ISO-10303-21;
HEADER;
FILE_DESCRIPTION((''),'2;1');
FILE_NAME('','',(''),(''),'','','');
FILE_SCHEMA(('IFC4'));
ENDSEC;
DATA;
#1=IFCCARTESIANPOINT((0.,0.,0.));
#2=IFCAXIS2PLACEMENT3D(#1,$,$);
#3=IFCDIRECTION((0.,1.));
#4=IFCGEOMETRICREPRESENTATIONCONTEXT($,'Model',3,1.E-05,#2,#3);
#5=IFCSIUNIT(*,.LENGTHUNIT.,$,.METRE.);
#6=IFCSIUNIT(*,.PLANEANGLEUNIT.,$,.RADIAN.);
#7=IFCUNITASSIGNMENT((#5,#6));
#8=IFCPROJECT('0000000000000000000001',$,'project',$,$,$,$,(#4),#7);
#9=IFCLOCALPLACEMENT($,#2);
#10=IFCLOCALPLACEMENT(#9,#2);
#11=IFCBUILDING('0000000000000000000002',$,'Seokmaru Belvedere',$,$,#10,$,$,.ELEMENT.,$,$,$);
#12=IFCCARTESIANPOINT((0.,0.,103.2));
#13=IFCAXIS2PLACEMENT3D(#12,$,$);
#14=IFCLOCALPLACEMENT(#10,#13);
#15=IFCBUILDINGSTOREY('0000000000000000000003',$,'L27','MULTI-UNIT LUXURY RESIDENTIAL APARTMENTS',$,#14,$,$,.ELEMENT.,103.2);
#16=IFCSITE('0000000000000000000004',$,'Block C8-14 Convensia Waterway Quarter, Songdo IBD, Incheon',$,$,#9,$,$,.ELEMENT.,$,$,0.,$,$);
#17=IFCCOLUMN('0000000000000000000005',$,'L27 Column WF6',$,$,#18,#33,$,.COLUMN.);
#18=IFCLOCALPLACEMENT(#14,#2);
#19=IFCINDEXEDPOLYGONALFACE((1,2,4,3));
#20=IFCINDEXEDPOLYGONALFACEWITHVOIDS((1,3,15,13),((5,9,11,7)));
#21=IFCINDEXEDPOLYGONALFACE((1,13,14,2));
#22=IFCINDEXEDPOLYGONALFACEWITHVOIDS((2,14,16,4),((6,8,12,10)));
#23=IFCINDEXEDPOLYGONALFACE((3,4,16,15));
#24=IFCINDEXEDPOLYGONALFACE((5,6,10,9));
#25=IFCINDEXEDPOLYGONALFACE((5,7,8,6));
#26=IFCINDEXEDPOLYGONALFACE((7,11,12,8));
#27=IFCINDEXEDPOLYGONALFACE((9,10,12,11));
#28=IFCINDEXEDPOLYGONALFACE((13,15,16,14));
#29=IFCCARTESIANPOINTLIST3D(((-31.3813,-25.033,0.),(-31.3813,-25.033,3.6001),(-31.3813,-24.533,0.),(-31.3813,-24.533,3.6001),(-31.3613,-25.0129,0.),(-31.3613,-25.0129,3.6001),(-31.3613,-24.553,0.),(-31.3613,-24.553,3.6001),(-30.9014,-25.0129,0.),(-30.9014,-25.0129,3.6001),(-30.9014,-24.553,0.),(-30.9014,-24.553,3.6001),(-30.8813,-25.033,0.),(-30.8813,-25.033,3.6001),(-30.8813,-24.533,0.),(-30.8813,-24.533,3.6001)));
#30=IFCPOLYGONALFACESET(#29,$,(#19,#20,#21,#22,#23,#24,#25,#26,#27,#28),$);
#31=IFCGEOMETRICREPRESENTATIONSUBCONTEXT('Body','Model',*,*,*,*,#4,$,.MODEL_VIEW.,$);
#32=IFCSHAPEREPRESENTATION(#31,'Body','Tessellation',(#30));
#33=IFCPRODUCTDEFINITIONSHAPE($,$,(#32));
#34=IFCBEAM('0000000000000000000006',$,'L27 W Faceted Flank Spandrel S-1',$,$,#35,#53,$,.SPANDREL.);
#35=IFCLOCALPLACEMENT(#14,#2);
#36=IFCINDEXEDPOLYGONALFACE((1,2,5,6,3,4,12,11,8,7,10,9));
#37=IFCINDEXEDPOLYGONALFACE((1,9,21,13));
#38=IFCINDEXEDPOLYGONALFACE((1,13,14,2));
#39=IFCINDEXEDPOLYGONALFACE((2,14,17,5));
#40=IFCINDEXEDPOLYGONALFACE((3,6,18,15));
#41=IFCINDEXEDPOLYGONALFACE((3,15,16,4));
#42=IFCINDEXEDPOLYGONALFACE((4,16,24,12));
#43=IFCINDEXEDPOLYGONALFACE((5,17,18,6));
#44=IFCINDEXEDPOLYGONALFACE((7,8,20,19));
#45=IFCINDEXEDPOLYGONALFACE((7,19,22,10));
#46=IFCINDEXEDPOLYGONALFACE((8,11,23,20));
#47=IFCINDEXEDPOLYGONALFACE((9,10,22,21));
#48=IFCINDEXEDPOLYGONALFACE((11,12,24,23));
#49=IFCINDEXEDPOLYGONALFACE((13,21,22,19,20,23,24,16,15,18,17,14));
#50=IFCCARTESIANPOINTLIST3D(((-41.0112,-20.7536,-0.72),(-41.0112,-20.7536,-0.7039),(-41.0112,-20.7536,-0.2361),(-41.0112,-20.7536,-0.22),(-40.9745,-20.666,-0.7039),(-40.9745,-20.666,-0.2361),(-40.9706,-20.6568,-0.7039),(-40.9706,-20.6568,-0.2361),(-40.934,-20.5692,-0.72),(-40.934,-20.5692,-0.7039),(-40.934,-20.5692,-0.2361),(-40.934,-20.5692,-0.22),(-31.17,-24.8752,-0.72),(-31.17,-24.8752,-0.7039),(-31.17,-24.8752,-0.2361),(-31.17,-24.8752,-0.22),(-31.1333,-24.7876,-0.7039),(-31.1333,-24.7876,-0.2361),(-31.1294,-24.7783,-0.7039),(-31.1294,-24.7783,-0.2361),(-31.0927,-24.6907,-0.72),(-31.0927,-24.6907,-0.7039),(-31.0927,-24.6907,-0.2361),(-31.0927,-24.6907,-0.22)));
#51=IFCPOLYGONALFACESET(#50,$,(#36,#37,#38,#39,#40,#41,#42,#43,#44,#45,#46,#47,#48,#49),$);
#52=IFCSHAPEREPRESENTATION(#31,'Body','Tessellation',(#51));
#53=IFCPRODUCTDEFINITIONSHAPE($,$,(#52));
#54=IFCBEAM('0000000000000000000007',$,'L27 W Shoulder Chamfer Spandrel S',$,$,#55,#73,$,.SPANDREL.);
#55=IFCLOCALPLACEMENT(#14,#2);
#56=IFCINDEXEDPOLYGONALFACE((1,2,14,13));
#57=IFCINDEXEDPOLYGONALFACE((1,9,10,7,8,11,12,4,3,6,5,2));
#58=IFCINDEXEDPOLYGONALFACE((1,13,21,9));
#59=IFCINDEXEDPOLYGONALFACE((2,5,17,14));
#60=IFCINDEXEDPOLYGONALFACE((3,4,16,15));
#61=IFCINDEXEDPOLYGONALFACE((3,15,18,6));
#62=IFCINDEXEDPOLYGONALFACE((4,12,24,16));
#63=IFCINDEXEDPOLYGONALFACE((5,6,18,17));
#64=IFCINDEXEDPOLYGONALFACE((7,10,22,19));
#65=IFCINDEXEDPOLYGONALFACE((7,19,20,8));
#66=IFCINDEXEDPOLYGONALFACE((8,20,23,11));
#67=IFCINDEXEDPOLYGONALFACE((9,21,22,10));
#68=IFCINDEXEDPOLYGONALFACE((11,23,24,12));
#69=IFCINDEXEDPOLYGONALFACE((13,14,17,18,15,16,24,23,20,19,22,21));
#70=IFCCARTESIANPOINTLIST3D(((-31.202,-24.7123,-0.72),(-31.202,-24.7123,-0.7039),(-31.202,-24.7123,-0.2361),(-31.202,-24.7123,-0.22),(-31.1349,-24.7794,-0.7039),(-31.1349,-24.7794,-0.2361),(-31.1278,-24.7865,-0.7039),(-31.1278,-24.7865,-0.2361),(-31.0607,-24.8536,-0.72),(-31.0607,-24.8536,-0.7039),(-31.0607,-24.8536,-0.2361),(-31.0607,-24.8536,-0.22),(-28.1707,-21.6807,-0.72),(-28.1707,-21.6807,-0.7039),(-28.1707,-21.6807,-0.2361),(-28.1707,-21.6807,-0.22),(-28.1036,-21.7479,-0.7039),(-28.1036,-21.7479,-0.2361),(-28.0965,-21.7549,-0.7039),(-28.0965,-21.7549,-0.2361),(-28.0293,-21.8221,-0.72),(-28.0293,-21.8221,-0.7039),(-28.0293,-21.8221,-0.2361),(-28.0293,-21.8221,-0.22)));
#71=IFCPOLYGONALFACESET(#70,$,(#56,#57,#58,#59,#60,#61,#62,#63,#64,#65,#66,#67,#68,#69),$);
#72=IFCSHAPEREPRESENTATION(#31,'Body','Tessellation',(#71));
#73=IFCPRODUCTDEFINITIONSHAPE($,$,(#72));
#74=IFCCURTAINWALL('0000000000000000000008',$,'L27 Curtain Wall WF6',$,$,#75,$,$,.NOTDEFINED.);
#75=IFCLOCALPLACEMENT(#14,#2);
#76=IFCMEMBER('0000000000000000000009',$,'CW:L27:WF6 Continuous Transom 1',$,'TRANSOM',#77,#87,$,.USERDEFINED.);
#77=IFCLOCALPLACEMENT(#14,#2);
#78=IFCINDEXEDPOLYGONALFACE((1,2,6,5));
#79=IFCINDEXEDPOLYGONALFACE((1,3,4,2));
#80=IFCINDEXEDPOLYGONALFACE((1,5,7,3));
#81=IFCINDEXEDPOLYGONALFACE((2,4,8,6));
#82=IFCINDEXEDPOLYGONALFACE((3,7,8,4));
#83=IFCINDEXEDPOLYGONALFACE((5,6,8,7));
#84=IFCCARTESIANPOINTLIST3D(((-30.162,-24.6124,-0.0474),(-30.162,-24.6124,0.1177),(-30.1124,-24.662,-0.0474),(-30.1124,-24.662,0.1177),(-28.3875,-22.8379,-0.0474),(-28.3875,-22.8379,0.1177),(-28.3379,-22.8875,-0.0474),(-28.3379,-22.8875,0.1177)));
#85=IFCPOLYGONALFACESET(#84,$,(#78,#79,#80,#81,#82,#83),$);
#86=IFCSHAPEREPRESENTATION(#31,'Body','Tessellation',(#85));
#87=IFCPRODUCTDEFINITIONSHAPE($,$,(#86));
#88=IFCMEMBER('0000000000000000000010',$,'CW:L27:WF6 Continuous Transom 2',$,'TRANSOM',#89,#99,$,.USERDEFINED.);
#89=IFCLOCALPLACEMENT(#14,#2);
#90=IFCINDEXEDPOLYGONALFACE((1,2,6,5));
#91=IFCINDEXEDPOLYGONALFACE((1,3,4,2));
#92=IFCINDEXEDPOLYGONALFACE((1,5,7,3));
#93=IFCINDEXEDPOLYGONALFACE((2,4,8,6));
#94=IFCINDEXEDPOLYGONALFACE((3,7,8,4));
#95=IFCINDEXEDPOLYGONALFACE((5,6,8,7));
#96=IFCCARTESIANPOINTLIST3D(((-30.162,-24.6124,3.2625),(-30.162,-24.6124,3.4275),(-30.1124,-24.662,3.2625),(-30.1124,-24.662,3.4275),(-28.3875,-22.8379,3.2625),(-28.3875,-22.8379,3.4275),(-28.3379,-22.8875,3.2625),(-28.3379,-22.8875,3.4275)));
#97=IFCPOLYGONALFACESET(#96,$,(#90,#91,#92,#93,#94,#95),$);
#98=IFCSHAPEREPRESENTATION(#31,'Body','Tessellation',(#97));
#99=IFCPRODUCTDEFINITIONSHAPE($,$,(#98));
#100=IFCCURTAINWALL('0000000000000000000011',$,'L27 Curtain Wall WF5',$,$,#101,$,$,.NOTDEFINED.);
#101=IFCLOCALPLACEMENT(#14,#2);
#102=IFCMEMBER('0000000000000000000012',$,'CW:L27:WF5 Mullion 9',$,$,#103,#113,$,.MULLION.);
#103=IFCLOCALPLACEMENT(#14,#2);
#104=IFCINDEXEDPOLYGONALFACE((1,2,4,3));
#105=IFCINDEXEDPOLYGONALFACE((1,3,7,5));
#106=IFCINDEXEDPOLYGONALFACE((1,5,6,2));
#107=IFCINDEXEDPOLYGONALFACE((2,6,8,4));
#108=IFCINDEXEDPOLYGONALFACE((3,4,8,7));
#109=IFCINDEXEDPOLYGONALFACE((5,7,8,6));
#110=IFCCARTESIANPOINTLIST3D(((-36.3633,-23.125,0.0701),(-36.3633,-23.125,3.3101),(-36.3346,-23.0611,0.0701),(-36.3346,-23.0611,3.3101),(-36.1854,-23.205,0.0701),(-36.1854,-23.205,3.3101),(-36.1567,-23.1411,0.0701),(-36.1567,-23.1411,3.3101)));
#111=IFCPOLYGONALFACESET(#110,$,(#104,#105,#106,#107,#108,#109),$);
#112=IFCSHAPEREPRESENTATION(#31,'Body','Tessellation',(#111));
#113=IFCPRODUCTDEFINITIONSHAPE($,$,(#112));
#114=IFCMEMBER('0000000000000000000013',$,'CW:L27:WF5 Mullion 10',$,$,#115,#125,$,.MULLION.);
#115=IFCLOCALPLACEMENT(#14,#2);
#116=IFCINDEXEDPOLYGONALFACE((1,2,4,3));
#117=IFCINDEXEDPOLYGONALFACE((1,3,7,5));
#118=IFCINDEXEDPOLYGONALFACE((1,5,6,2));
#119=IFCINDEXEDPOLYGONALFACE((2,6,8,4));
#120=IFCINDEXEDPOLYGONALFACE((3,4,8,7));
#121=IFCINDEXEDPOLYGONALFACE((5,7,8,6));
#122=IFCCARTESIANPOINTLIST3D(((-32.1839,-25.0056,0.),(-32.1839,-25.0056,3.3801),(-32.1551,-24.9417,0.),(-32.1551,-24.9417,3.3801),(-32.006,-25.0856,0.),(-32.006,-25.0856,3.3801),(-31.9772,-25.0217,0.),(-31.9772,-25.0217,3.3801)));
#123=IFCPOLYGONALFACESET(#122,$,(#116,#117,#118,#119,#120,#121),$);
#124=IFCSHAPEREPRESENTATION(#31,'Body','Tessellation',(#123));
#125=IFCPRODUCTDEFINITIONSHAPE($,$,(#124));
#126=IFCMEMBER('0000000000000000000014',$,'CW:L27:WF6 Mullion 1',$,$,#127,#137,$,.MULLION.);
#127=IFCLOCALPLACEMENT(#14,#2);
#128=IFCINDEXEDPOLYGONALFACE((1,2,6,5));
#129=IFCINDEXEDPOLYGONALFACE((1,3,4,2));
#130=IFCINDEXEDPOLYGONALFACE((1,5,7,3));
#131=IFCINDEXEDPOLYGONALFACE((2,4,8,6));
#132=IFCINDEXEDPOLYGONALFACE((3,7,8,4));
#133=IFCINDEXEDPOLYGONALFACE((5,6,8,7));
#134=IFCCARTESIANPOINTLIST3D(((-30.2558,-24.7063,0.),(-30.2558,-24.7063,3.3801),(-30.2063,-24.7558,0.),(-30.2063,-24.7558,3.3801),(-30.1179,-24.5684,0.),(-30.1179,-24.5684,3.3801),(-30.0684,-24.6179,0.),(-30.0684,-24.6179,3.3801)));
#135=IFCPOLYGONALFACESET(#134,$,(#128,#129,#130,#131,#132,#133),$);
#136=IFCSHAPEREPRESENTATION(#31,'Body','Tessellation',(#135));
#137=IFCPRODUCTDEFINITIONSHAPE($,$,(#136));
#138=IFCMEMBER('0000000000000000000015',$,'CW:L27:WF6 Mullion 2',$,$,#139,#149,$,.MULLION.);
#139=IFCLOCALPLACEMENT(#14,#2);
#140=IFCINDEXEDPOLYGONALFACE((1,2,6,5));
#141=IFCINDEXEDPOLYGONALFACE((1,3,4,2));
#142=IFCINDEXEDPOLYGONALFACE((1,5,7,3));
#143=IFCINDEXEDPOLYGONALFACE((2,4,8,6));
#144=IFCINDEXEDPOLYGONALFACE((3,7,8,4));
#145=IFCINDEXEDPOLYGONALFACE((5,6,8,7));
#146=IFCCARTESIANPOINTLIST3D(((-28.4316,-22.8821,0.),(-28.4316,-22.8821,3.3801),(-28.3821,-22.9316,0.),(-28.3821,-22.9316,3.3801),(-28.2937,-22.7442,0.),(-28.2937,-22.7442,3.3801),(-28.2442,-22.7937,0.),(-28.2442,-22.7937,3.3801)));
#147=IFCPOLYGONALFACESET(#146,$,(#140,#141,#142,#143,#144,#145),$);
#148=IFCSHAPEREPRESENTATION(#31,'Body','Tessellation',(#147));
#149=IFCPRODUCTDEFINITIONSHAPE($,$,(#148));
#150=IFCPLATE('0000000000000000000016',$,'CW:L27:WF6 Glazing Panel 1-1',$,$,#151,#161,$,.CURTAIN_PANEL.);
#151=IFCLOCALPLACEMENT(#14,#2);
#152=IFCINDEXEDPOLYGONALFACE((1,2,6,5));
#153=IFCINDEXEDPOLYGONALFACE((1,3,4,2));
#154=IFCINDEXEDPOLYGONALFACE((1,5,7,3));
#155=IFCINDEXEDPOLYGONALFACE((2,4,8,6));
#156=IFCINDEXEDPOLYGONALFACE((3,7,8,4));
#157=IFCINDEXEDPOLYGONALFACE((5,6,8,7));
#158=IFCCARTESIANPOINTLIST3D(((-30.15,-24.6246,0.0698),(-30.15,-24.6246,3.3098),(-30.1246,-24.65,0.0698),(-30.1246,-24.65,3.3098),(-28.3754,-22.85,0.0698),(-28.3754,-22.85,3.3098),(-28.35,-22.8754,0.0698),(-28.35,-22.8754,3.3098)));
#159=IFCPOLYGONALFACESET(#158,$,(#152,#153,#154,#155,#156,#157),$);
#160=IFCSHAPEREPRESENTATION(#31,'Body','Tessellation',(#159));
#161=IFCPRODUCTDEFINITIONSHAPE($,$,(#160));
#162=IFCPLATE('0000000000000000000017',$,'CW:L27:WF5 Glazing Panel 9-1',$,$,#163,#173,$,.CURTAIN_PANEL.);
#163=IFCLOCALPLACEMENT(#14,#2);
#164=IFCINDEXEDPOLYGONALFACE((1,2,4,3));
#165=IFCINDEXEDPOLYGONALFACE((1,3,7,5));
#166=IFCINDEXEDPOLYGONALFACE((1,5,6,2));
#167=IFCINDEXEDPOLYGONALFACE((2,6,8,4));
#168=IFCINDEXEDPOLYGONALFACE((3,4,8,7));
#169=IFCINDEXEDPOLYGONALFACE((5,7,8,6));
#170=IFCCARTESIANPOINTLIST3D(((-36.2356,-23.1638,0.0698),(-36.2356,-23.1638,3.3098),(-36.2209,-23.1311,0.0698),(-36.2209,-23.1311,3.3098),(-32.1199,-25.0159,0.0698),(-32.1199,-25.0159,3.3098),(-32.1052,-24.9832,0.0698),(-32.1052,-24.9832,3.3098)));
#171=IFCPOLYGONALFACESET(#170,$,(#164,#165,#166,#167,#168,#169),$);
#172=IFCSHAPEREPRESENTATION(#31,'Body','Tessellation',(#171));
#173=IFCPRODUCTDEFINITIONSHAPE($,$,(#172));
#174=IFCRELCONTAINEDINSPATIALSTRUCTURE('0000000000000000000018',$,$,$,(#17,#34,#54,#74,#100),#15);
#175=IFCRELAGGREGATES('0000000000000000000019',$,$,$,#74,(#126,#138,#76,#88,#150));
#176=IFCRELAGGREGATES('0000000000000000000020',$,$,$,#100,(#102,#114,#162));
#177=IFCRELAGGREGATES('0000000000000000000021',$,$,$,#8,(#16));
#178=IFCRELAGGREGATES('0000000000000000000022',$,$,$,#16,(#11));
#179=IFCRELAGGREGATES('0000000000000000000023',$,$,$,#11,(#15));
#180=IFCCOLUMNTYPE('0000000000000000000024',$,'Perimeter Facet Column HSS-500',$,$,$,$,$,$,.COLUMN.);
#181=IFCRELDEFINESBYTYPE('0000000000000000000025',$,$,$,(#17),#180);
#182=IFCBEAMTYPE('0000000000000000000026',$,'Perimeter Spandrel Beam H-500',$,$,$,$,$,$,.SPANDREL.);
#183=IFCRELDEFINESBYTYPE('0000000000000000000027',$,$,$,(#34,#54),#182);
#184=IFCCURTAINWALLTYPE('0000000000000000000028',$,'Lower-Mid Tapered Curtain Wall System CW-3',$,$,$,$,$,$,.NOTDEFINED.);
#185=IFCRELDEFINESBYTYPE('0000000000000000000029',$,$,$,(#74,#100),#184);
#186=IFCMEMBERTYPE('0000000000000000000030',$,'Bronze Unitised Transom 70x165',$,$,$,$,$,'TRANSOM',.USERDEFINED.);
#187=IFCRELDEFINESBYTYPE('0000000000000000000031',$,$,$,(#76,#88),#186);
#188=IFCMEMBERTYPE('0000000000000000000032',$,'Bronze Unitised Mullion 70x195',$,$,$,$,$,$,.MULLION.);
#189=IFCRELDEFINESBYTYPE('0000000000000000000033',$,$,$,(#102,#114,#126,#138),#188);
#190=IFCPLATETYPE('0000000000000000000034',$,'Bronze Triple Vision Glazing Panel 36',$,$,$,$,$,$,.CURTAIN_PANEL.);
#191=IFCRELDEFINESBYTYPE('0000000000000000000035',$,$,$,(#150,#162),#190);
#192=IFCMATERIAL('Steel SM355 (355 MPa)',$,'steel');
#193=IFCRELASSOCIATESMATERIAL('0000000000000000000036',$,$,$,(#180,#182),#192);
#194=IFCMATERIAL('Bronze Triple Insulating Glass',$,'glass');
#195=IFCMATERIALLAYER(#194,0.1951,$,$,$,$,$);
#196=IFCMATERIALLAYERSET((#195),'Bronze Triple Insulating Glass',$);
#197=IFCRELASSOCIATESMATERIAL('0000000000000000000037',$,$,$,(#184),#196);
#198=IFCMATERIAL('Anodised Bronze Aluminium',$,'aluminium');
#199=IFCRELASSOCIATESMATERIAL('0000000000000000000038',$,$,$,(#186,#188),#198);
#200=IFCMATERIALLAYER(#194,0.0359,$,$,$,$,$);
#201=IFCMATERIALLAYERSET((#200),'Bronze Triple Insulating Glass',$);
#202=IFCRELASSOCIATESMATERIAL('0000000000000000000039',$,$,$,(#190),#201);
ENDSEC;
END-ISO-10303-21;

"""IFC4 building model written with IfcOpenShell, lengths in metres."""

from ifc_helpers import new_model, si_unit, direction, frame, origin, origin_2d, place, context, subcontext, project, spatial, rectangle, hollow_rectangle, i_section, extrude, source, transform, mapped, material, layer, layer_set, material_profile, profile_set, type_object, type_shapes, element, aggregate, save


model = new_model("IFC4")

# Units and contexts
model_context = context("Model", 3, precision=1e-05, world=origin(), true_north=direction((0.0, 1.0)))
body_context = subcontext(model_context, "Body", "Model", "MODEL_VIEW")
ifc_project = project(units=[si_unit("LENGTHUNIT", "METRE"), si_unit("PLANEANGLEUNIT", "RADIAN")], contexts=[model_context])

# Site, building, storey
site_placement = place(None, origin())
site = spatial("IfcSite", under=ifc_project, at=site_placement, Name="Block C8-14 Convensia Waterway Quarter, Songdo IBD, Incheon", CompositionType="ELEMENT", RefElevation=0.0)
building_placement = place(site_placement, origin())
building = spatial("IfcBuilding", under=site, at=building_placement, Name="Seokmaru Belvedere", CompositionType="ELEMENT")
storey_placement = place(building_placement, frame((0.0, 0.0, 103.2)))
storey = spatial("IfcBuildingStorey", under=building, at=storey_placement, Name="L27", Description="MULTI-UNIT LUXURY RESIDENTIAL APARTMENTS", CompositionType="ELEMENT", Elevation=103.2)

# Column
ifc_material_1 = material(Name="Steel SM355 (355 MPa)", Category="steel")
ifc_material_profile_1 = material_profile(ifc_material_1, hollow_rectangle(XDim=0.5, YDim=0.5, WallThickness=0.02, at=origin_2d()), Name="HSS-500x500x20")
ifc_profile_set_1 = profile_set([ifc_material_profile_1], Name="Steel SM355 (355 MPa)")
column_type = type_object("IfcColumnType", Name="Perimeter Facet Column HSS-500", PredefinedType="COLUMN", material=ifc_profile_set_1)
shared_shape_1 = source(origin(), body_context, "Body", "SweptSolid", [
    extrude(hollow_rectangle(XDim=0.5, YDim=0.5, WallThickness=0.02, at=origin_2d()), origin(), (0.0, 0.0, 1.0), 3.6001),
])
type_shapes(column_type, [shared_shape_1])
column_placement = place(storey_placement, frame((-31.1313, -24.783, 0.0), z_axis=(0.0, 0.0, 1.0), x_axis=(1.0, 0.0, 0.0)))
element("IfcColumn", 1, at=column_placement, inside=storey, type_object=column_type, Name="L27 Column WF6", PredefinedType="COLUMN", context=body_context, shape_type="MappedRepresentation", body=[
    mapped(shared_shape_1, transform((0.0, 0.0, 0.0), scale=1.0)),
])

# Beams
ifc_material_profile_2 = material_profile(ifc_material_1, i_section(OverallWidth=0.2, OverallDepth=0.5, WebThickness=0.01, FlangeThickness=0.0161, at=origin_2d()), Name="H-500x200x10x16")
ifc_profile_set_2 = profile_set([ifc_material_profile_2], Name="Steel SM355 (355 MPa)")
beam_type = type_object("IfcBeamType", Name="Perimeter Spandrel Beam H-500", PredefinedType="SPANDREL", material=ifc_profile_set_2)
shared_shape_2 = source(origin(), body_context, "Body", "SweptSolid", [
    extrude(i_section(OverallWidth=0.2, OverallDepth=0.5, WebThickness=0.01, FlangeThickness=0.0161, at=origin_2d()), origin(), (0.0, 0.0, 1.0), 10.6694),
])
beam_1_placement = place(storey_placement, frame((-31.1313, -24.783, -0.47), z_axis=(-0.922375, 0.386295, 0.0), x_axis=(-0.386295, -0.922375, 0.0)))
element("IfcBeam", 2, at=beam_1_placement, inside=storey, type_object=beam_type, Name="L27 W Faceted Flank Spandrel S-1", PredefinedType="SPANDREL", context=body_context, shape_type="MappedRepresentation", body=[
    mapped(shared_shape_2, transform((0.0, 0.0, 0.0), scale=1.0)),
])
shared_shape_3 = source(origin(), body_context, "Body", "SweptSolid", [
    extrude(i_section(OverallWidth=0.2, OverallDepth=0.5, WebThickness=0.01, FlangeThickness=0.0161, at=origin_2d()), origin(), (0.0, 0.0, 1.0), 4.2871),
])
type_shapes(beam_type, [shared_shape_2, shared_shape_3])
beam_2_placement = place(storey_placement, frame((-31.1313, -24.783, -0.47), z_axis=(0.707078, 0.707135, 0.0), x_axis=(-0.707135, 0.707078, 0.0)))
element("IfcBeam", 3, at=beam_2_placement, inside=storey, type_object=beam_type, Name="L27 W Shoulder Chamfer Spandrel S", PredefinedType="SPANDREL", context=body_context, shape_type="MappedRepresentation", body=[
    mapped(shared_shape_3, transform((0.0, 0.0, 0.0), scale=1.0)),
])

# Curtain walls, members
ifc_material_2 = material(Name="Bronze Triple Insulating Glass", Category="glass")
ifc_layer_1 = layer(ifc_material_2, 0.1951)
ifc_layer_set_1 = layer_set([ifc_layer_1], Name="Bronze Triple Insulating Glass")
curtain_wall_type = type_object("IfcCurtainWallType", Name="Lower-Mid Tapered Curtain Wall System CW-3", PredefinedType="NOTDEFINED", material=ifc_layer_set_1)
curtain_wall_1_placement = place(storey_placement, origin())
curtain_wall_1 = element("IfcCurtainWall", 4, at=curtain_wall_1_placement, inside=storey, type_object=curtain_wall_type, Name="L27 Curtain Wall WF6", PredefinedType="NOTDEFINED")
ifc_material_3 = material(Name="Anodised Bronze Aluminium", Category="aluminium")
ifc_material_profile_3 = material_profile(ifc_material_3, rectangle(XDim=0.0701, YDim=0.165, at=origin_2d()), Name="CW-T-70x165")
ifc_profile_set_3 = profile_set([ifc_material_profile_3], Name="Anodised Bronze Aluminium")
member_type_1 = type_object("IfcMemberType", Name="Bronze Unitised Transom 70x165", ElementType="TRANSOM", PredefinedType="USERDEFINED", material=ifc_profile_set_3)
shared_shape_4 = source(origin(), body_context, "Body", "SweptSolid", [
    extrude(rectangle(XDim=0.0701, YDim=0.165, at=origin_2d()), origin(), (0.0, 0.0, 1.0), 2.5095),
])
type_shapes(member_type_1, [shared_shape_4])
member_1_placement = place(storey_placement, frame((-30.1372, -24.6372, 0.0352), z_axis=(0.707107, 0.707107, 0.0), x_axis=(-0.707107, 0.707107, 0.0)))
member_1 = element("IfcMember", 5, at=member_1_placement, type_object=member_type_1, Name="CW:L27:WF6 Continuous Transom 1", ObjectType="TRANSOM", PredefinedType="USERDEFINED", context=body_context, shape_type="MappedRepresentation", body=[
    mapped(shared_shape_4, transform((0.0, 0.0, 0.0), scale=1.0)),
])
member_2_placement = place(storey_placement, frame((-30.1372, -24.6372, 3.345), z_axis=(0.707107, 0.707107, 0.0), x_axis=(-0.707107, 0.707107, 0.0)))
member_2 = element("IfcMember", 6, at=member_2_placement, type_object=member_type_1, Name="CW:L27:WF6 Continuous Transom 2", ObjectType="TRANSOM", PredefinedType="USERDEFINED", context=body_context, shape_type="MappedRepresentation", body=[
    mapped(shared_shape_4, transform((0.0, 0.0, 0.0), scale=1.0)),
])
curtain_wall_2_placement = place(storey_placement, origin())
curtain_wall_2 = element("IfcCurtainWall", 7, at=curtain_wall_2_placement, inside=storey, type_object=curtain_wall_type, Name="L27 Curtain Wall WF5", PredefinedType="NOTDEFINED")
ifc_material_profile_4 = material_profile(ifc_material_3, rectangle(XDim=0.0701, YDim=0.1951, at=origin_2d()), Name="CW-M-70x195")
ifc_profile_set_4 = profile_set([ifc_material_profile_4], Name="Anodised Bronze Aluminium")
member_type_2 = type_object("IfcMemberType", Name="Bronze Unitised Mullion 70x195", PredefinedType="MULLION", material=ifc_profile_set_4)
shared_shape_5 = source(origin(), body_context, "Body", "SweptSolid", [
    extrude(rectangle(XDim=0.0701, YDim=0.1951, at=origin_2d()), origin(), (0.0, 0.0, 1.0), 3.24),
])
member_3_placement = place(storey_placement, frame((-36.26, -23.1331, 0.0701), z_axis=(0.0, 0.0, 1.0), x_axis=(0.410366, 0.911921, 0.0)))
member_3 = element("IfcMember", 8, at=member_3_placement, type_object=member_type_2, Name="CW:L27:WF5 Mullion 9", PredefinedType="MULLION", context=body_context, shape_type="MappedRepresentation", body=[
    mapped(shared_shape_5, transform((0.0, 0.0, 0.0), scale=1.0)),
])
shared_shape_6 = source(origin(), body_context, "Body", "SweptSolid", [
    extrude(rectangle(XDim=0.0701, YDim=0.1951, at=origin_2d()), origin(), (0.0, 0.0, 1.0), 3.3801),
])
type_shapes(member_type_2, [shared_shape_5, shared_shape_6])
member_4_placement = place(storey_placement, frame((-32.0806, -25.0137, 0.0), z_axis=(0.0, 0.0, 1.0), x_axis=(0.410366, 0.911921, 0.0)))
member_4 = element("IfcMember", 9, at=member_4_placement, type_object=member_type_2, Name="CW:L27:WF5 Mullion 10", PredefinedType="MULLION", context=body_context, shape_type="MappedRepresentation", body=[
    mapped(shared_shape_6, transform((0.0, 0.0, 0.0), scale=1.0)),
])

# Members
member_5_placement = place(storey_placement, frame((-30.1621, -24.6621, 0.0), z_axis=(0.0, 0.0, 1.0), x_axis=(-0.707107, 0.707107, 0.0)))
member_5 = element("IfcMember", 10, at=member_5_placement, type_object=member_type_2, Name="CW:L27:WF6 Mullion 1", PredefinedType="MULLION", context=body_context, shape_type="MappedRepresentation", body=[
    mapped(shared_shape_6, transform((0.0, 0.0, 0.0), scale=1.0)),
])
member_6_placement = place(storey_placement, frame((-28.3379, -22.8379, 0.0), z_axis=(0.0, 0.0, 1.0), x_axis=(-0.707107, 0.707107, 0.0)))
member_6 = element("IfcMember", 11, at=member_6_placement, type_object=member_type_2, Name="CW:L27:WF6 Mullion 2", PredefinedType="MULLION", context=body_context, shape_type="MappedRepresentation", body=[
    mapped(shared_shape_6, transform((0.0, 0.0, 0.0), scale=1.0)),
])

# Plates
ifc_layer_2 = layer(ifc_material_2, 0.0359)
ifc_layer_set_2 = layer_set([ifc_layer_2], Name="Bronze Triple Insulating Glass")
plate_type = type_object("IfcPlateType", Name="Bronze Triple Vision Glazing Panel 36", PredefinedType="CURTAIN_PANEL", material=ifc_layer_set_2)
shared_shape_7 = source(origin(), body_context, "Body", "SweptSolid", [
    extrude(rectangle(XDim=2.5098, YDim=0.0359, at=origin_2d()), origin(), (0.0, 0.0, 1.0), 3.24),
])
plate_1_placement = place(storey_placement, frame((-29.25, -23.75, 0.0698), z_axis=(0.0, 0.0, 1.0), x_axis=(0.707107, 0.707107, 0.0)))
plate_1 = element("IfcPlate", 12, at=plate_1_placement, type_object=plate_type, Name="CW:L27:WF6 Glazing Panel 1-1", PredefinedType="CURTAIN_PANEL", context=body_context, shape_type="MappedRepresentation", body=[
    mapped(shared_shape_7, transform((0.0, 0.0, 0.0), scale=1.0)),
])
aggregate(curtain_wall_1, [member_5, member_6, member_1, member_2, plate_1])
shared_shape_8 = source(origin(), body_context, "Body", "SweptSolid", [
    extrude(rectangle(XDim=4.5132, YDim=0.0359, at=origin_2d()), origin(), (0.0, 0.0, 1.0), 3.24),
])
plate_2_placement = place(storey_placement, frame((-34.1704, -24.0735, 0.0698), z_axis=(0.0, 0.0, 1.0), x_axis=(0.911921, -0.410366, 0.0)))
plate_2 = element("IfcPlate", 13, at=plate_2_placement, type_object=plate_type, Name="CW:L27:WF5 Glazing Panel 9-1", PredefinedType="CURTAIN_PANEL", context=body_context, shape_type="MappedRepresentation", body=[
    mapped(shared_shape_8, transform((0.0, 0.0, 0.0), scale=1.0)),
])
aggregate(curtain_wall_2, [member_3, member_4, plate_2])

save(model, "model.ifc")
